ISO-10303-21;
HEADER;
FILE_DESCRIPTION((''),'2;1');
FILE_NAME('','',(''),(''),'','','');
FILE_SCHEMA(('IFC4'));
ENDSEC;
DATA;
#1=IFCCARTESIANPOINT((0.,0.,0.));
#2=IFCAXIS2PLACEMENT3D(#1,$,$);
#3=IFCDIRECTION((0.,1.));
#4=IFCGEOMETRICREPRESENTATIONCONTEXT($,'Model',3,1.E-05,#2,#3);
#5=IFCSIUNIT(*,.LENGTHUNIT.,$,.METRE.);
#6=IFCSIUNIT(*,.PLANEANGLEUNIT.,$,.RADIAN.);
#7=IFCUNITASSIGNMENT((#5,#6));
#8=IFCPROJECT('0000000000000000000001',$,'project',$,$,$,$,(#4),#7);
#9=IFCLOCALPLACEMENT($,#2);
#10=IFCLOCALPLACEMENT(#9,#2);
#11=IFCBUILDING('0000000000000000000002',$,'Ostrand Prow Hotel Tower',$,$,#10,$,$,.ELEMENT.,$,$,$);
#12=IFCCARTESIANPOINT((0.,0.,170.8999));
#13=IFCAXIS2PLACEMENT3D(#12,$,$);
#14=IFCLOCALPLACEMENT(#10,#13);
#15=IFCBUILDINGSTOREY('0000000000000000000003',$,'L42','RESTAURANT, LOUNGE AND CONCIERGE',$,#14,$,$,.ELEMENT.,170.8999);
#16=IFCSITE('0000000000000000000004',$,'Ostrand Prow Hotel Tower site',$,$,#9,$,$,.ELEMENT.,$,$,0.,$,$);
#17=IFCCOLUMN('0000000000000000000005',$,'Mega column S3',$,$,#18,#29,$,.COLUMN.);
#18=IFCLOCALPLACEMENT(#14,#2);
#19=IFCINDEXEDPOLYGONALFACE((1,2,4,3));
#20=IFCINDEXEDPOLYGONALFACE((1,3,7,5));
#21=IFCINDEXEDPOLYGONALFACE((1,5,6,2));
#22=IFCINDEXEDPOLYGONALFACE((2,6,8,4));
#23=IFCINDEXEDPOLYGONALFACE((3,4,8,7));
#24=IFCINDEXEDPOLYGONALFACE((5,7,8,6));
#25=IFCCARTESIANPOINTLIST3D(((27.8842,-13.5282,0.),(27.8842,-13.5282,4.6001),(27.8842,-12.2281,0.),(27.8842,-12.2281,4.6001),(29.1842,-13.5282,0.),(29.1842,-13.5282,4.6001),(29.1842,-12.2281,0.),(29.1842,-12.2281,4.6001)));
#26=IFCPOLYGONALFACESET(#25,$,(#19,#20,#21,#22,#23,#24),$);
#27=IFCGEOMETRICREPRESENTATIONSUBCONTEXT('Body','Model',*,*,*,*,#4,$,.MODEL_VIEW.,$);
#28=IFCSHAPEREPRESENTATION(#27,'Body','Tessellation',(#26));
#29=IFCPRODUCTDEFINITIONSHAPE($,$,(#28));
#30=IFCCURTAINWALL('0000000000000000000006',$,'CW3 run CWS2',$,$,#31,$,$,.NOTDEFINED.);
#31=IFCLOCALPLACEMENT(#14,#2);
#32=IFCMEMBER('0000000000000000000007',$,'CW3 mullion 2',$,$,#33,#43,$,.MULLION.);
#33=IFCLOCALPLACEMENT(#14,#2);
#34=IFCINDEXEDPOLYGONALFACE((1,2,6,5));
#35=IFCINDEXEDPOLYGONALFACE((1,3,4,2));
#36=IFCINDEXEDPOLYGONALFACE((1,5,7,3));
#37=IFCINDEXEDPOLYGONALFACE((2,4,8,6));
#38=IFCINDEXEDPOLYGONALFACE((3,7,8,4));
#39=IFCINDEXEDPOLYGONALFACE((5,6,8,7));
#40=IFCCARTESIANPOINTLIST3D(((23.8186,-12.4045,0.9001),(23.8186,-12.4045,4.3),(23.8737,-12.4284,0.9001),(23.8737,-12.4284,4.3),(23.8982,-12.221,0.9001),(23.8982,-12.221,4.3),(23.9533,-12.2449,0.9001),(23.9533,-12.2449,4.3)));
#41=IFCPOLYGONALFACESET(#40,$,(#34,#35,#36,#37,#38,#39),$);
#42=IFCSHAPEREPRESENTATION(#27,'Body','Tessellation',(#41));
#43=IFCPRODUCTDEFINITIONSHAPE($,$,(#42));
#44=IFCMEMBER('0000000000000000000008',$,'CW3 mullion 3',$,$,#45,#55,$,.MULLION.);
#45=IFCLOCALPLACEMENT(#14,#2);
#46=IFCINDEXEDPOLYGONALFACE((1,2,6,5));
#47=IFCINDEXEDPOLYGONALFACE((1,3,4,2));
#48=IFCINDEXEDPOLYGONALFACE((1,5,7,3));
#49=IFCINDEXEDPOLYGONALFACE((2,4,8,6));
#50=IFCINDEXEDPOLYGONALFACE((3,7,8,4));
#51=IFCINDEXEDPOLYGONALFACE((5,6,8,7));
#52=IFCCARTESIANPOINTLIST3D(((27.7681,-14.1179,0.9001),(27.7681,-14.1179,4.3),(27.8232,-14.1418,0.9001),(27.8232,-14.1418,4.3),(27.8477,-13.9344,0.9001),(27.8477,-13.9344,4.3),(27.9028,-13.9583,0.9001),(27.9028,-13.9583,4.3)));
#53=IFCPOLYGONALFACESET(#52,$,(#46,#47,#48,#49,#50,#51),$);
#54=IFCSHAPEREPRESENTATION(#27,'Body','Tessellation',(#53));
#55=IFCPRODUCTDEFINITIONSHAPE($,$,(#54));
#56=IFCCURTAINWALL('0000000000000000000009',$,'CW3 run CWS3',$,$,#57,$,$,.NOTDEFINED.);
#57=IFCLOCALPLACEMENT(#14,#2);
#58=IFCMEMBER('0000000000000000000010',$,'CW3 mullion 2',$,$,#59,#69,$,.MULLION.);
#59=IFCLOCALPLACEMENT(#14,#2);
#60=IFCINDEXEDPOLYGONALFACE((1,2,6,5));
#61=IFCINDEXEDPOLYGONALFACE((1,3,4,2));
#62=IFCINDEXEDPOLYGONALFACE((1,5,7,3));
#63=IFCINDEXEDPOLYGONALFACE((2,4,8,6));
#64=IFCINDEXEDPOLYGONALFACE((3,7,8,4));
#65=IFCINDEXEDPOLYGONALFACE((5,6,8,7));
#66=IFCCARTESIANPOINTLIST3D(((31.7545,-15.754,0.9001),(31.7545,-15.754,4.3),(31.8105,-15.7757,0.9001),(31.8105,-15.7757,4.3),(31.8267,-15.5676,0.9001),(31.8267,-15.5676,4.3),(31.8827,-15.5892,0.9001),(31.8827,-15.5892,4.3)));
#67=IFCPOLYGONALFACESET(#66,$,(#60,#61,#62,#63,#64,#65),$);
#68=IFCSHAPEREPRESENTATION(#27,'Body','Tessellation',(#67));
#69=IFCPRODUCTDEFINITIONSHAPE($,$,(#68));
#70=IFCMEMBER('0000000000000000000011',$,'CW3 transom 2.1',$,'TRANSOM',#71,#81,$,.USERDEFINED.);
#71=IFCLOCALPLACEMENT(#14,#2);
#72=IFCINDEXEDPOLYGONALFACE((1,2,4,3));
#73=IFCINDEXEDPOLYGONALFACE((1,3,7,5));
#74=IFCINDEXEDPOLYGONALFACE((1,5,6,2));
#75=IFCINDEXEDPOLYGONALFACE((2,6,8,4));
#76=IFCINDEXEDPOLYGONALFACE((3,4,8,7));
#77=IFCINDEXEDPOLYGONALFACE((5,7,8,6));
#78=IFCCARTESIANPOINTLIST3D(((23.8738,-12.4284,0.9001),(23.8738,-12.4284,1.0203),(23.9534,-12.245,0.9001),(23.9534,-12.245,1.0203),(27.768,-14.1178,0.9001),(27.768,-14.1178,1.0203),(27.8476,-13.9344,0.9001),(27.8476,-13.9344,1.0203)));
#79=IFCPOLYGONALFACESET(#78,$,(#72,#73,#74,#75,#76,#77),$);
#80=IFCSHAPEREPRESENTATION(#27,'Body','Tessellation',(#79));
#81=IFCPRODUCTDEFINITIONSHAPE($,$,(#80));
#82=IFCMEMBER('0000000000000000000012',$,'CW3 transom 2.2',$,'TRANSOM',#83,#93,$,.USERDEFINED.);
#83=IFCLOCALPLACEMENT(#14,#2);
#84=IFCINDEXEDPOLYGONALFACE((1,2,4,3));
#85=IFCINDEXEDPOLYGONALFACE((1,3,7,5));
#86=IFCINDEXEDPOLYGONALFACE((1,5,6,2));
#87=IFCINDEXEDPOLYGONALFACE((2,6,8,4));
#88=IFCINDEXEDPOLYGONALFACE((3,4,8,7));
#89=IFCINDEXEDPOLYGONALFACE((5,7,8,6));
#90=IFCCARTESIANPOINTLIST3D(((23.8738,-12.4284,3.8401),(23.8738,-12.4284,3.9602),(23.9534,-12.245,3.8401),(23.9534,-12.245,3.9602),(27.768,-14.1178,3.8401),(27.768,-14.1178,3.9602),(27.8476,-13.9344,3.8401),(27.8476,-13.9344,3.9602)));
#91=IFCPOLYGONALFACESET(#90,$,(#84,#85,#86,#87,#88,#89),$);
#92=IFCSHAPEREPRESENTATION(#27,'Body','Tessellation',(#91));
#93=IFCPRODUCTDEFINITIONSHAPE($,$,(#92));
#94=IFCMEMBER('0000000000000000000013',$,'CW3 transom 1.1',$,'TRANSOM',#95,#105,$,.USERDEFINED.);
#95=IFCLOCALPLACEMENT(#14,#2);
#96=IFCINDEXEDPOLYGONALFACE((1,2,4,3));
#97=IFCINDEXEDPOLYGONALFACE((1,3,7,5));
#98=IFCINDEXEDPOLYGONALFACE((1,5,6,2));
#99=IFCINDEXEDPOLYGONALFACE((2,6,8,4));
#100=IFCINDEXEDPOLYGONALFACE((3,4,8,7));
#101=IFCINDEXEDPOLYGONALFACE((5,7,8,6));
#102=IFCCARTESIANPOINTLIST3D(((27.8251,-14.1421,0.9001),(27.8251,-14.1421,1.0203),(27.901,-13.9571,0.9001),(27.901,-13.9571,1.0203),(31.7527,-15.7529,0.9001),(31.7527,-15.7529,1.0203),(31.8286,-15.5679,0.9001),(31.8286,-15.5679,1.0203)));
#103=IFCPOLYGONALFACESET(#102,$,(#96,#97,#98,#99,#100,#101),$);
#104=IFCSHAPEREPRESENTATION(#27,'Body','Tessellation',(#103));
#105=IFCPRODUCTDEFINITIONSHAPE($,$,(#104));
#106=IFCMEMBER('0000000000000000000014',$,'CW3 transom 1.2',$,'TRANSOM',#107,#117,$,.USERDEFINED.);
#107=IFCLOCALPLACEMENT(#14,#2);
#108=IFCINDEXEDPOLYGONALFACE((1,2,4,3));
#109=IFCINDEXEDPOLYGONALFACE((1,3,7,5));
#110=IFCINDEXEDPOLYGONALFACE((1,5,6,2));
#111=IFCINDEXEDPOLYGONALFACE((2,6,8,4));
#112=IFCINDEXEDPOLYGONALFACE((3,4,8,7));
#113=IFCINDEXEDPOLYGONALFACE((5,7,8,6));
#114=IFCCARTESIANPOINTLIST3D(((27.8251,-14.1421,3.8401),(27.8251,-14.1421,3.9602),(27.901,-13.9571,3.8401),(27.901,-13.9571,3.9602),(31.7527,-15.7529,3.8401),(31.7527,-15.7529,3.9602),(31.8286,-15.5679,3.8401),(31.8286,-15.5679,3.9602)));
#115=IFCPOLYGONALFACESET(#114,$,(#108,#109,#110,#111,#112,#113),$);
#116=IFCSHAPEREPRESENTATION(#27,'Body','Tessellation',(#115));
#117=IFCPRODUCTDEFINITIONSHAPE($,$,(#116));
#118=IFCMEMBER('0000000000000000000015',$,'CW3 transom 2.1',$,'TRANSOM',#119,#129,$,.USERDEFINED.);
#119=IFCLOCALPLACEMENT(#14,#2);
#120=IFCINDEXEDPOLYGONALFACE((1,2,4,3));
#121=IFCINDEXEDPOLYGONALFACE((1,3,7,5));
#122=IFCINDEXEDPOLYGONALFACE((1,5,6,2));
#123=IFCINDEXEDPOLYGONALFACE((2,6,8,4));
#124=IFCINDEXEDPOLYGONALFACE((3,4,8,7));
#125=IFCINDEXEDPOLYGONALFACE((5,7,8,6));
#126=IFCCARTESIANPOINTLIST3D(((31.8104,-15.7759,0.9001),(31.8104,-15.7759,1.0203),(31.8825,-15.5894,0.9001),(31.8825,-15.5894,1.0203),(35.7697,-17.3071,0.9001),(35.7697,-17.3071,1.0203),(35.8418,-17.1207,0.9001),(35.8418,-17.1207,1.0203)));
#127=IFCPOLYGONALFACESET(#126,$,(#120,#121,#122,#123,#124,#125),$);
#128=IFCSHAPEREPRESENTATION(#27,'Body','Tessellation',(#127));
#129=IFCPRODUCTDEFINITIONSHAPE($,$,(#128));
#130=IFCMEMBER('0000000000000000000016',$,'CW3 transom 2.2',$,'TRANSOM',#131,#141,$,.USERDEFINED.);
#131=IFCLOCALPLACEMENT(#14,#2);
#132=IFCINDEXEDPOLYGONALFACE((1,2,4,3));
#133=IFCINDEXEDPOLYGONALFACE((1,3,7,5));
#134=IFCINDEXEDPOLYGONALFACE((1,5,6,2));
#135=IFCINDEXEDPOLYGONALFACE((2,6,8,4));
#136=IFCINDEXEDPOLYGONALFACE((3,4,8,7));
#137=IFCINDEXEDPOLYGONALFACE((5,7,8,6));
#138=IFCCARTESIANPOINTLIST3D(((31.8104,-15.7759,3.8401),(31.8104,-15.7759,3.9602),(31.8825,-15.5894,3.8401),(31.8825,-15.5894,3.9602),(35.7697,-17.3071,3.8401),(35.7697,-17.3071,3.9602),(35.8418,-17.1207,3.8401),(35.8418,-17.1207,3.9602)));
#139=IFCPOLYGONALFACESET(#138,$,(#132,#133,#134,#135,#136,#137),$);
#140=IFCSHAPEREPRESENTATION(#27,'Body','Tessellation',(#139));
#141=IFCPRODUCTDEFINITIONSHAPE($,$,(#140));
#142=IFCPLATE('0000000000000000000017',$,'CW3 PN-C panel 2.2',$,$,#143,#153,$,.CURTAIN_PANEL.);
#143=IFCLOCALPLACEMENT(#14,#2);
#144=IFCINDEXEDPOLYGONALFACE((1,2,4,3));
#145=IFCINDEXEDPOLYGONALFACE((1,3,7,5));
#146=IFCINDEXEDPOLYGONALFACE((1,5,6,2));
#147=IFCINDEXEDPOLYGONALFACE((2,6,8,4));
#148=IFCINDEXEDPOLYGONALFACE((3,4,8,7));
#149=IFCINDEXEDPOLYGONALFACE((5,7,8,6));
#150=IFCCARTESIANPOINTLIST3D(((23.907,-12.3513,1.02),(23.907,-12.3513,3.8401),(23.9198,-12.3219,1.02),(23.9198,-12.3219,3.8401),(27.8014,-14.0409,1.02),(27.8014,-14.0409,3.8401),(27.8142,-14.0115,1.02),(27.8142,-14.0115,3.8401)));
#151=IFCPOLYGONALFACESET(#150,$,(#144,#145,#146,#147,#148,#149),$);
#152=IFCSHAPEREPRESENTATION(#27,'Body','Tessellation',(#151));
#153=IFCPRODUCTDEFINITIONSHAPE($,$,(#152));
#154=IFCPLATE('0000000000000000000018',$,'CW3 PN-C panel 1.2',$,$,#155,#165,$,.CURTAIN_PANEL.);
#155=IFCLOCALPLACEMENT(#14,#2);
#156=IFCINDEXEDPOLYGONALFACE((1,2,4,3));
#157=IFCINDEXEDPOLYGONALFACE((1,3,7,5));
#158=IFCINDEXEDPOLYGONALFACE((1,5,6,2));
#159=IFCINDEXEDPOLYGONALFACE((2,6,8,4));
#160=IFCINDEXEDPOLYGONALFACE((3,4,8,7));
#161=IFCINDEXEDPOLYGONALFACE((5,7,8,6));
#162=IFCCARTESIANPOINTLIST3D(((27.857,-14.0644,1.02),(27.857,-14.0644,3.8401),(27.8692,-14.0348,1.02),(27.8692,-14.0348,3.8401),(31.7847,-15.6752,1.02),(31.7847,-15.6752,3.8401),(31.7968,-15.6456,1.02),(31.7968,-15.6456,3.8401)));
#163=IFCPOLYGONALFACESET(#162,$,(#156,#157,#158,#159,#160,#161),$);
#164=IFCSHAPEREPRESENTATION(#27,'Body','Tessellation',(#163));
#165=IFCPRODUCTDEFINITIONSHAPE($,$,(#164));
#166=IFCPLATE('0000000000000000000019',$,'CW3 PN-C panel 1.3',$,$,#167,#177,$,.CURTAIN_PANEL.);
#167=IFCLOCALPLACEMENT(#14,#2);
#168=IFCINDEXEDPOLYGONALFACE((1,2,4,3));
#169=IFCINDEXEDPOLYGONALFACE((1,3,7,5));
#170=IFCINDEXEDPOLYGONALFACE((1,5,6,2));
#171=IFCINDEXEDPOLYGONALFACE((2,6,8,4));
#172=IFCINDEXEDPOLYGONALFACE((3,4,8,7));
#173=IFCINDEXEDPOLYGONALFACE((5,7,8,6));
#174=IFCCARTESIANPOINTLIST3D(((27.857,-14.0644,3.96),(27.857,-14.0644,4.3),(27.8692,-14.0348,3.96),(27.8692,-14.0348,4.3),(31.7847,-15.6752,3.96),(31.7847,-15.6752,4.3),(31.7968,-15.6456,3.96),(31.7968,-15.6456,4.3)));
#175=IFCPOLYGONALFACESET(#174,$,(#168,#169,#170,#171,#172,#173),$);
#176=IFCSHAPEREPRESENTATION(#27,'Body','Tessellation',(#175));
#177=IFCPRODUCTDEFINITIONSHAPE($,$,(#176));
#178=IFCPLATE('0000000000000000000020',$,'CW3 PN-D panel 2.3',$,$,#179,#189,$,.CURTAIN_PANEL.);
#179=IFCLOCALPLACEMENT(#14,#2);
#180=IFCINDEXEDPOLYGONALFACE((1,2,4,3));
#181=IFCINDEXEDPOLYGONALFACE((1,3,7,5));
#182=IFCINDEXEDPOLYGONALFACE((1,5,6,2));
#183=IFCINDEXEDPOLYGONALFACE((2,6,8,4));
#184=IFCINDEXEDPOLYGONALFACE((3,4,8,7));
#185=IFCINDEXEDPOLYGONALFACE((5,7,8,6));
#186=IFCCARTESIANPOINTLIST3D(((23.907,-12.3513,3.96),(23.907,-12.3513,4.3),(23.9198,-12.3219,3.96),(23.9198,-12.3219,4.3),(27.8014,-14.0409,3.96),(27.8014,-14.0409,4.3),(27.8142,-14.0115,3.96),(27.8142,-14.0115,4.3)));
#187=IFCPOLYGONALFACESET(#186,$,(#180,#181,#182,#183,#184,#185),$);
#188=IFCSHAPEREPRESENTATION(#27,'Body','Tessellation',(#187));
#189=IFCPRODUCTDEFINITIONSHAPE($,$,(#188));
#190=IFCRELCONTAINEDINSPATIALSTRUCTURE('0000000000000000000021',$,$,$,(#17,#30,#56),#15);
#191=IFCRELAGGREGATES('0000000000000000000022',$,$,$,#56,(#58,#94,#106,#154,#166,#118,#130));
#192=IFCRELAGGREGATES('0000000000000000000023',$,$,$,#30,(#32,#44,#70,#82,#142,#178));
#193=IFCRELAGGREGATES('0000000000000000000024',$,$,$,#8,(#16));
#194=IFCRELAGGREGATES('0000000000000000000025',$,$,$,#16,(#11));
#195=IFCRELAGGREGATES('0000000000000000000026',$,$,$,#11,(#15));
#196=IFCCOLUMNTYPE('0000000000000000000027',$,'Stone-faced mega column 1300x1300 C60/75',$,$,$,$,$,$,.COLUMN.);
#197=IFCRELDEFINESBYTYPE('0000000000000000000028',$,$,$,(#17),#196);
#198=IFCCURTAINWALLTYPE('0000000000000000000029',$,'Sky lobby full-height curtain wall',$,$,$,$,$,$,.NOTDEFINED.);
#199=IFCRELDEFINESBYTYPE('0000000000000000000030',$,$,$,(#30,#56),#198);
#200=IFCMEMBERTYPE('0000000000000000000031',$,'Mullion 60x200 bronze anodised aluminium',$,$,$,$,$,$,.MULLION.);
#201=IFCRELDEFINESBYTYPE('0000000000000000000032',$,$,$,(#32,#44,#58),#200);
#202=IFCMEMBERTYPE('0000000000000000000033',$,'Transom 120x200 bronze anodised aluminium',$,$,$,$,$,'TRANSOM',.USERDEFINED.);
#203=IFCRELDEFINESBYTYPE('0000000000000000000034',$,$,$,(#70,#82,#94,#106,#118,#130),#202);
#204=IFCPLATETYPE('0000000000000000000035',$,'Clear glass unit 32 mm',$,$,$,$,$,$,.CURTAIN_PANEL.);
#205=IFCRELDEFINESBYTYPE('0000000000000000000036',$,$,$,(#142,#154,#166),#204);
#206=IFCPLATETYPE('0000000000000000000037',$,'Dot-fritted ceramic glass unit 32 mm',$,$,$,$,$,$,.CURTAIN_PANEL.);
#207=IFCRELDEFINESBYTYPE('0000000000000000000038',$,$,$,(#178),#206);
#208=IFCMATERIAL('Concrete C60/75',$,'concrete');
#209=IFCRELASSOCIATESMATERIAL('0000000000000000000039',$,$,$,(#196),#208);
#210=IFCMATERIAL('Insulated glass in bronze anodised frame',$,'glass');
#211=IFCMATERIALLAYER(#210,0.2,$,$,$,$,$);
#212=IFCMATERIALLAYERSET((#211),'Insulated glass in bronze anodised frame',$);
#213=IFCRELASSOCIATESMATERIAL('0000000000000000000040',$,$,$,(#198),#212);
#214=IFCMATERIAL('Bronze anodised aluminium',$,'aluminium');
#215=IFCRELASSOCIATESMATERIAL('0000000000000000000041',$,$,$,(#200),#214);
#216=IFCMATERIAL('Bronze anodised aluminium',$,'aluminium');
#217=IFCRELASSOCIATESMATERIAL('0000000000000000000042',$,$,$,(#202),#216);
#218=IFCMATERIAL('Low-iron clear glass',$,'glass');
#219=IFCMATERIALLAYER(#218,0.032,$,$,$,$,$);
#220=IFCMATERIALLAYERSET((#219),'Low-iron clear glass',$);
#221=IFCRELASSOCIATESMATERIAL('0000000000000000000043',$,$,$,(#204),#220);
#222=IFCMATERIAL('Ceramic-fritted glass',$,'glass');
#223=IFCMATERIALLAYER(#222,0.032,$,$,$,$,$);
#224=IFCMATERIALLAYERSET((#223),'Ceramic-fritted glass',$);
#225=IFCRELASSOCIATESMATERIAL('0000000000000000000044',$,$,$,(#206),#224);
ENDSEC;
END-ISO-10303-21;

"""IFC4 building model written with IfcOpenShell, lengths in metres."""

from ifc_helpers import new_model, si_unit, direction, frame, origin, origin_2d, place, context, subcontext, project, spatial, rectangle, extrude, material, layer, layer_set, material_profile, profile_set, type_object, element, aggregate, save


model = new_model("IFC4")

# Units and contexts
model_context = context("Model", 3, precision=1e-05, world=origin(), true_north=direction((0.0, 1.0)))
body_context = subcontext(model_context, "Body", "Model", "MODEL_VIEW")
ifc_project = project(units=[si_unit("LENGTHUNIT", "METRE"), si_unit("PLANEANGLEUNIT", "RADIAN")], contexts=[model_context])

# Site, building, storey
site_placement = place(None, origin())
site = spatial("IfcSite", under=ifc_project, at=site_placement, Name="Ostrand Prow Hotel Tower site", CompositionType="ELEMENT", RefElevation=0.0)
building_placement = place(site_placement, origin())
building = spatial("IfcBuilding", under=site, at=building_placement, Name="Ostrand Prow Hotel Tower", CompositionType="ELEMENT")
storey_placement = place(building_placement, frame((0.0, 0.0, 170.8999)))
storey = spatial("IfcBuildingStorey", under=building, at=storey_placement, Name="L42", Description="RESTAURANT, LOUNGE AND CONCIERGE", CompositionType="ELEMENT", Elevation=170.8999)

# Column
ifc_material_1 = material(Name="Concrete C60/75", Category="concrete")
ifc_material_profile_1 = material_profile(ifc_material_1, rectangle(XDim=1.3, YDim=1.3, at=origin_2d()), Name="RC 1300x1300")
ifc_profile_set_1 = profile_set([ifc_material_profile_1], Name="Concrete C60/75")
column_type = type_object("IfcColumnType", Name="Stone-faced mega column 1300x1300 C60/75", PredefinedType="COLUMN", material=ifc_profile_set_1)
column_placement = place(storey_placement, frame((28.5342, -12.8782, 0.0), z_axis=(0.0, 0.0, 1.0), x_axis=(1.0, 0.0, 0.0)))
element("IfcColumn", 1, at=column_placement, inside=storey, type_object=column_type, Name="Mega column S3", PredefinedType="COLUMN", context=body_context, shape_type="SweptSolid", body=[
    extrude(rectangle(XDim=1.3, YDim=1.3, at=origin_2d()), origin(), (0.0, 0.0, 1.0), 4.6001),
])

# Curtain wall, members
ifc_material_2 = material(Name="Insulated glass in bronze anodised frame", Category="glass")
ifc_layer_1 = layer(ifc_material_2, 0.2)
ifc_layer_set_1 = layer_set([ifc_layer_1], Name="Insulated glass in bronze anodised frame")
curtain_wall_type = type_object("IfcCurtainWallType", Name="Sky lobby full-height curtain wall", PredefinedType="NOTDEFINED", material=ifc_layer_set_1)
curtain_wall_1_placement = place(storey_placement, origin())
curtain_wall_1 = element("IfcCurtainWall", 2, at=curtain_wall_1_placement, inside=storey, type_object=curtain_wall_type, Name="CW3 run CWS2", PredefinedType="NOTDEFINED")
ifc_material_3 = material(Name="Bronze anodised aluminium", Category="aluminium")
ifc_material_profile_2 = material_profile(ifc_material_3, rectangle(XDim=0.2, YDim=0.0601, at=origin_2d()), Name="Mullion 60x200 bronze anodised aluminium")
ifc_profile_set_2 = profile_set([ifc_material_profile_2], Name="Bronze anodised aluminium")
member_type_1 = type_object("IfcMemberType", Name="Mullion 60x200 bronze anodised aluminium", PredefinedType="MULLION", material=ifc_profile_set_2)
member_1_placement = place(storey_placement, frame((23.886, -12.3247, 0.9001), z_axis=(0.0, 0.0, 1.0), x_axis=(0.398005, 0.917383, 0.0)))
member_1 = element("IfcMember", 3, at=member_1_placement, type_object=member_type_1, Name="CW3 mullion 2", PredefinedType="MULLION", context=body_context, shape_type="SweptSolid", body=[
    extrude(rectangle(XDim=0.2, YDim=0.0601, at=origin_2d()), origin(), (0.0, 0.0, 1.0), 3.3999),
])
member_2_placement = place(storey_placement, frame((27.8354, -14.0381, 0.9001), z_axis=(0.0, 0.0, 1.0), x_axis=(0.398005, 0.917383, 0.0)))
member_2 = element("IfcMember", 4, at=member_2_placement, type_object=member_type_1, Name="CW3 mullion 3", PredefinedType="MULLION", context=body_context, shape_type="SweptSolid", body=[
    extrude(rectangle(XDim=0.2, YDim=0.0601, at=origin_2d()), origin(), (0.0, 0.0, 1.0), 3.3999),
])

# Curtain wall, member
curtain_wall_2_placement = place(storey_placement, origin())
curtain_wall_2 = element("IfcCurtainWall", 5, at=curtain_wall_2_placement, inside=storey, type_object=curtain_wall_type, Name="CW3 run CWS3", PredefinedType="NOTDEFINED")
member_3_placement = place(storey_placement, frame((31.8186, -15.6716, 0.9001), z_axis=(0.0, 0.0, 1.0), x_axis=(0.360749, 0.932663, 0.0)))
member_3 = element("IfcMember", 6, at=member_3_placement, type_object=member_type_1, Name="CW3 mullion 2", PredefinedType="MULLION", context=body_context, shape_type="SweptSolid", body=[
    extrude(rectangle(XDim=0.2, YDim=0.0601, at=origin_2d()), origin(), (0.0, 0.0, 1.0), 3.3999),
])

# Members
ifc_material_4 = material(Name="Bronze anodised aluminium", Category="aluminium")
ifc_material_profile_3 = material_profile(ifc_material_4, rectangle(XDim=0.2, YDim=0.1201, at=origin_2d()), Name="Transom 120x200 bronze anodised aluminium")
ifc_profile_set_3 = profile_set([ifc_material_profile_3], Name="Bronze anodised aluminium")
member_type_2 = type_object("IfcMemberType", Name="Transom 120x200 bronze anodised aluminium", ElementType="TRANSOM", PredefinedType="USERDEFINED", material=ifc_profile_set_3)
member_4_placement = place(storey_placement, frame((23.9136, -12.3367, 0.9602), z_axis=(0.91739, -0.39799, 0.0), x_axis=(0.39799, 0.91739, 0.0)))
member_4 = element("IfcMember", 7, at=member_4_placement, type_object=member_type_2, Name="CW3 transom 2.1", ObjectType="TRANSOM", PredefinedType="USERDEFINED", context=body_context, shape_type="SweptSolid", body=[
    extrude(rectangle(XDim=0.2, YDim=0.1201, at=origin_2d()), origin(), (0.0, 0.0, 1.0), 4.2449),
])
member_5_placement = place(storey_placement, frame((23.9136, -12.3367, 3.9001), z_axis=(0.91739, -0.39799, 0.0), x_axis=(0.39799, 0.91739, 0.0)))
member_5 = element("IfcMember", 8, at=member_5_placement, type_object=member_type_2, Name="CW3 transom 2.2", ObjectType="TRANSOM", PredefinedType="USERDEFINED", context=body_context, shape_type="SweptSolid", body=[
    extrude(rectangle(XDim=0.2, YDim=0.1201, at=origin_2d()), origin(), (0.0, 0.0, 1.0), 4.2449),
])
member_6_placement = place(storey_placement, frame((27.863, -14.0496, 0.9602), z_axis=(0.925213, -0.379448, 0.0), x_axis=(0.379448, 0.925213, 0.0)))
member_6 = element("IfcMember", 9, at=member_6_placement, type_object=member_type_2, Name="CW3 transom 1.1", ObjectType="TRANSOM", PredefinedType="USERDEFINED", context=body_context, shape_type="SweptSolid", body=[
    extrude(rectangle(XDim=0.2, YDim=0.1201, at=origin_2d()), origin(), (0.0, 0.0, 1.0), 4.2451),
])
member_7_placement = place(storey_placement, frame((27.863, -14.0496, 3.9001), z_axis=(0.925213, -0.379448, 0.0), x_axis=(0.379448, 0.925213, 0.0)))
member_7 = element("IfcMember", 10, at=member_7_placement, type_object=member_type_2, Name="CW3 transom 1.2", ObjectType="TRANSOM", PredefinedType="USERDEFINED", context=body_context, shape_type="SweptSolid", body=[
    extrude(rectangle(XDim=0.2, YDim=0.1201, at=origin_2d()), origin(), (0.0, 0.0, 1.0), 4.2451),
])
member_8_placement = place(storey_placement, frame((31.8464, -15.6826, 0.9602), z_axis=(0.932675, -0.360717, 0.0), x_axis=(0.360717, 0.932675, 0.0)))
member_8 = element("IfcMember", 11, at=member_8_placement, type_object=member_type_2, Name="CW3 transom 2.1", ObjectType="TRANSOM", PredefinedType="USERDEFINED", context=body_context, shape_type="SweptSolid", body=[
    extrude(rectangle(XDim=0.2, YDim=0.1201, at=origin_2d()), origin(), (0.0, 0.0, 1.0), 4.2451),
])
member_9_placement = place(storey_placement, frame((31.8464, -15.6826, 3.9001), z_axis=(0.932675, -0.360717, 0.0), x_axis=(0.360717, 0.932675, 0.0)))
member_9 = element("IfcMember", 12, at=member_9_placement, type_object=member_type_2, Name="CW3 transom 2.2", ObjectType="TRANSOM", PredefinedType="USERDEFINED", context=body_context, shape_type="SweptSolid", body=[
    extrude(rectangle(XDim=0.2, YDim=0.1201, at=origin_2d()), origin(), (0.0, 0.0, 1.0), 4.2451),
])

# Plates
ifc_material_5 = material(Name="Low-iron clear glass", Category="glass")
ifc_layer_2 = layer(ifc_material_5, 0.032)
ifc_layer_set_2 = layer_set([ifc_layer_2], Name="Low-iron clear glass")
plate_type_1 = type_object("IfcPlateType", Name="Clear glass unit 32 mm", PredefinedType="CURTAIN_PANEL", material=ifc_layer_set_2)
plate_1_placement = place(storey_placement, frame((25.8606, -13.1814, 1.02), z_axis=(0.0, 0.0, 1.0), x_axis=(0.917383, -0.398005, 0.0)))
plate_1 = element("IfcPlate", 13, at=plate_1_placement, type_object=plate_type_1, Name="CW3 PN-C panel 2.2", PredefinedType="CURTAIN_PANEL", context=body_context, shape_type="SweptSolid", body=[
    extrude(rectangle(XDim=4.2451, YDim=0.032, at=origin_2d()), origin(), (0.0, 0.0, 1.0), 2.8201),
])
plate_2_placement = place(storey_placement, frame((29.8269, -14.855, 1.02), z_axis=(0.0, 0.0, 1.0), x_axis=(0.925211, -0.379453, 0.0)))
plate_2 = element("IfcPlate", 14, at=plate_2_placement, type_object=plate_type_1, Name="CW3 PN-C panel 1.2", PredefinedType="CURTAIN_PANEL", context=body_context, shape_type="SweptSolid", body=[
    extrude(rectangle(XDim=4.2451, YDim=0.032, at=origin_2d()), origin(), (0.0, 0.0, 1.0), 2.8201),
])
plate_3_placement = place(storey_placement, frame((29.8269, -14.855, 3.96), z_axis=(0.0, 0.0, 1.0), x_axis=(0.925211, -0.379453, 0.0)))
plate_3 = element("IfcPlate", 15, at=plate_3_placement, type_object=plate_type_1, Name="CW3 PN-C panel 1.3", PredefinedType="CURTAIN_PANEL", context=body_context, shape_type="SweptSolid", body=[
    extrude(rectangle(XDim=4.2451, YDim=0.032, at=origin_2d()), origin(), (0.0, 0.0, 1.0), 0.3401),
])
aggregate(curtain_wall_2, [member_3, member_6, member_7, plate_2, plate_3, member_8, member_9])
ifc_material_6 = material(Name="Ceramic-fritted glass", Category="glass")
ifc_layer_3 = layer(ifc_material_6, 0.032)
ifc_layer_set_3 = layer_set([ifc_layer_3], Name="Ceramic-fritted glass")
plate_type_2 = type_object("IfcPlateType", Name="Dot-fritted ceramic glass unit 32 mm", PredefinedType="CURTAIN_PANEL", material=ifc_layer_set_3)
plate_4_placement = place(storey_placement, frame((25.8606, -13.1814, 3.96), z_axis=(0.0, 0.0, 1.0), x_axis=(0.917383, -0.398005, 0.0)))
plate_4 = element("IfcPlate", 16, at=plate_4_placement, type_object=plate_type_2, Name="CW3 PN-D panel 2.3", PredefinedType="CURTAIN_PANEL", context=body_context, shape_type="SweptSolid", body=[
    extrude(rectangle(XDim=4.2451, YDim=0.032, at=origin_2d()), origin(), (0.0, 0.0, 1.0), 0.3401),
])
aggregate(curtain_wall_1, [member_1, member_2, member_4, member_5, plate_1, plate_4])

save(model, "model.ifc")
